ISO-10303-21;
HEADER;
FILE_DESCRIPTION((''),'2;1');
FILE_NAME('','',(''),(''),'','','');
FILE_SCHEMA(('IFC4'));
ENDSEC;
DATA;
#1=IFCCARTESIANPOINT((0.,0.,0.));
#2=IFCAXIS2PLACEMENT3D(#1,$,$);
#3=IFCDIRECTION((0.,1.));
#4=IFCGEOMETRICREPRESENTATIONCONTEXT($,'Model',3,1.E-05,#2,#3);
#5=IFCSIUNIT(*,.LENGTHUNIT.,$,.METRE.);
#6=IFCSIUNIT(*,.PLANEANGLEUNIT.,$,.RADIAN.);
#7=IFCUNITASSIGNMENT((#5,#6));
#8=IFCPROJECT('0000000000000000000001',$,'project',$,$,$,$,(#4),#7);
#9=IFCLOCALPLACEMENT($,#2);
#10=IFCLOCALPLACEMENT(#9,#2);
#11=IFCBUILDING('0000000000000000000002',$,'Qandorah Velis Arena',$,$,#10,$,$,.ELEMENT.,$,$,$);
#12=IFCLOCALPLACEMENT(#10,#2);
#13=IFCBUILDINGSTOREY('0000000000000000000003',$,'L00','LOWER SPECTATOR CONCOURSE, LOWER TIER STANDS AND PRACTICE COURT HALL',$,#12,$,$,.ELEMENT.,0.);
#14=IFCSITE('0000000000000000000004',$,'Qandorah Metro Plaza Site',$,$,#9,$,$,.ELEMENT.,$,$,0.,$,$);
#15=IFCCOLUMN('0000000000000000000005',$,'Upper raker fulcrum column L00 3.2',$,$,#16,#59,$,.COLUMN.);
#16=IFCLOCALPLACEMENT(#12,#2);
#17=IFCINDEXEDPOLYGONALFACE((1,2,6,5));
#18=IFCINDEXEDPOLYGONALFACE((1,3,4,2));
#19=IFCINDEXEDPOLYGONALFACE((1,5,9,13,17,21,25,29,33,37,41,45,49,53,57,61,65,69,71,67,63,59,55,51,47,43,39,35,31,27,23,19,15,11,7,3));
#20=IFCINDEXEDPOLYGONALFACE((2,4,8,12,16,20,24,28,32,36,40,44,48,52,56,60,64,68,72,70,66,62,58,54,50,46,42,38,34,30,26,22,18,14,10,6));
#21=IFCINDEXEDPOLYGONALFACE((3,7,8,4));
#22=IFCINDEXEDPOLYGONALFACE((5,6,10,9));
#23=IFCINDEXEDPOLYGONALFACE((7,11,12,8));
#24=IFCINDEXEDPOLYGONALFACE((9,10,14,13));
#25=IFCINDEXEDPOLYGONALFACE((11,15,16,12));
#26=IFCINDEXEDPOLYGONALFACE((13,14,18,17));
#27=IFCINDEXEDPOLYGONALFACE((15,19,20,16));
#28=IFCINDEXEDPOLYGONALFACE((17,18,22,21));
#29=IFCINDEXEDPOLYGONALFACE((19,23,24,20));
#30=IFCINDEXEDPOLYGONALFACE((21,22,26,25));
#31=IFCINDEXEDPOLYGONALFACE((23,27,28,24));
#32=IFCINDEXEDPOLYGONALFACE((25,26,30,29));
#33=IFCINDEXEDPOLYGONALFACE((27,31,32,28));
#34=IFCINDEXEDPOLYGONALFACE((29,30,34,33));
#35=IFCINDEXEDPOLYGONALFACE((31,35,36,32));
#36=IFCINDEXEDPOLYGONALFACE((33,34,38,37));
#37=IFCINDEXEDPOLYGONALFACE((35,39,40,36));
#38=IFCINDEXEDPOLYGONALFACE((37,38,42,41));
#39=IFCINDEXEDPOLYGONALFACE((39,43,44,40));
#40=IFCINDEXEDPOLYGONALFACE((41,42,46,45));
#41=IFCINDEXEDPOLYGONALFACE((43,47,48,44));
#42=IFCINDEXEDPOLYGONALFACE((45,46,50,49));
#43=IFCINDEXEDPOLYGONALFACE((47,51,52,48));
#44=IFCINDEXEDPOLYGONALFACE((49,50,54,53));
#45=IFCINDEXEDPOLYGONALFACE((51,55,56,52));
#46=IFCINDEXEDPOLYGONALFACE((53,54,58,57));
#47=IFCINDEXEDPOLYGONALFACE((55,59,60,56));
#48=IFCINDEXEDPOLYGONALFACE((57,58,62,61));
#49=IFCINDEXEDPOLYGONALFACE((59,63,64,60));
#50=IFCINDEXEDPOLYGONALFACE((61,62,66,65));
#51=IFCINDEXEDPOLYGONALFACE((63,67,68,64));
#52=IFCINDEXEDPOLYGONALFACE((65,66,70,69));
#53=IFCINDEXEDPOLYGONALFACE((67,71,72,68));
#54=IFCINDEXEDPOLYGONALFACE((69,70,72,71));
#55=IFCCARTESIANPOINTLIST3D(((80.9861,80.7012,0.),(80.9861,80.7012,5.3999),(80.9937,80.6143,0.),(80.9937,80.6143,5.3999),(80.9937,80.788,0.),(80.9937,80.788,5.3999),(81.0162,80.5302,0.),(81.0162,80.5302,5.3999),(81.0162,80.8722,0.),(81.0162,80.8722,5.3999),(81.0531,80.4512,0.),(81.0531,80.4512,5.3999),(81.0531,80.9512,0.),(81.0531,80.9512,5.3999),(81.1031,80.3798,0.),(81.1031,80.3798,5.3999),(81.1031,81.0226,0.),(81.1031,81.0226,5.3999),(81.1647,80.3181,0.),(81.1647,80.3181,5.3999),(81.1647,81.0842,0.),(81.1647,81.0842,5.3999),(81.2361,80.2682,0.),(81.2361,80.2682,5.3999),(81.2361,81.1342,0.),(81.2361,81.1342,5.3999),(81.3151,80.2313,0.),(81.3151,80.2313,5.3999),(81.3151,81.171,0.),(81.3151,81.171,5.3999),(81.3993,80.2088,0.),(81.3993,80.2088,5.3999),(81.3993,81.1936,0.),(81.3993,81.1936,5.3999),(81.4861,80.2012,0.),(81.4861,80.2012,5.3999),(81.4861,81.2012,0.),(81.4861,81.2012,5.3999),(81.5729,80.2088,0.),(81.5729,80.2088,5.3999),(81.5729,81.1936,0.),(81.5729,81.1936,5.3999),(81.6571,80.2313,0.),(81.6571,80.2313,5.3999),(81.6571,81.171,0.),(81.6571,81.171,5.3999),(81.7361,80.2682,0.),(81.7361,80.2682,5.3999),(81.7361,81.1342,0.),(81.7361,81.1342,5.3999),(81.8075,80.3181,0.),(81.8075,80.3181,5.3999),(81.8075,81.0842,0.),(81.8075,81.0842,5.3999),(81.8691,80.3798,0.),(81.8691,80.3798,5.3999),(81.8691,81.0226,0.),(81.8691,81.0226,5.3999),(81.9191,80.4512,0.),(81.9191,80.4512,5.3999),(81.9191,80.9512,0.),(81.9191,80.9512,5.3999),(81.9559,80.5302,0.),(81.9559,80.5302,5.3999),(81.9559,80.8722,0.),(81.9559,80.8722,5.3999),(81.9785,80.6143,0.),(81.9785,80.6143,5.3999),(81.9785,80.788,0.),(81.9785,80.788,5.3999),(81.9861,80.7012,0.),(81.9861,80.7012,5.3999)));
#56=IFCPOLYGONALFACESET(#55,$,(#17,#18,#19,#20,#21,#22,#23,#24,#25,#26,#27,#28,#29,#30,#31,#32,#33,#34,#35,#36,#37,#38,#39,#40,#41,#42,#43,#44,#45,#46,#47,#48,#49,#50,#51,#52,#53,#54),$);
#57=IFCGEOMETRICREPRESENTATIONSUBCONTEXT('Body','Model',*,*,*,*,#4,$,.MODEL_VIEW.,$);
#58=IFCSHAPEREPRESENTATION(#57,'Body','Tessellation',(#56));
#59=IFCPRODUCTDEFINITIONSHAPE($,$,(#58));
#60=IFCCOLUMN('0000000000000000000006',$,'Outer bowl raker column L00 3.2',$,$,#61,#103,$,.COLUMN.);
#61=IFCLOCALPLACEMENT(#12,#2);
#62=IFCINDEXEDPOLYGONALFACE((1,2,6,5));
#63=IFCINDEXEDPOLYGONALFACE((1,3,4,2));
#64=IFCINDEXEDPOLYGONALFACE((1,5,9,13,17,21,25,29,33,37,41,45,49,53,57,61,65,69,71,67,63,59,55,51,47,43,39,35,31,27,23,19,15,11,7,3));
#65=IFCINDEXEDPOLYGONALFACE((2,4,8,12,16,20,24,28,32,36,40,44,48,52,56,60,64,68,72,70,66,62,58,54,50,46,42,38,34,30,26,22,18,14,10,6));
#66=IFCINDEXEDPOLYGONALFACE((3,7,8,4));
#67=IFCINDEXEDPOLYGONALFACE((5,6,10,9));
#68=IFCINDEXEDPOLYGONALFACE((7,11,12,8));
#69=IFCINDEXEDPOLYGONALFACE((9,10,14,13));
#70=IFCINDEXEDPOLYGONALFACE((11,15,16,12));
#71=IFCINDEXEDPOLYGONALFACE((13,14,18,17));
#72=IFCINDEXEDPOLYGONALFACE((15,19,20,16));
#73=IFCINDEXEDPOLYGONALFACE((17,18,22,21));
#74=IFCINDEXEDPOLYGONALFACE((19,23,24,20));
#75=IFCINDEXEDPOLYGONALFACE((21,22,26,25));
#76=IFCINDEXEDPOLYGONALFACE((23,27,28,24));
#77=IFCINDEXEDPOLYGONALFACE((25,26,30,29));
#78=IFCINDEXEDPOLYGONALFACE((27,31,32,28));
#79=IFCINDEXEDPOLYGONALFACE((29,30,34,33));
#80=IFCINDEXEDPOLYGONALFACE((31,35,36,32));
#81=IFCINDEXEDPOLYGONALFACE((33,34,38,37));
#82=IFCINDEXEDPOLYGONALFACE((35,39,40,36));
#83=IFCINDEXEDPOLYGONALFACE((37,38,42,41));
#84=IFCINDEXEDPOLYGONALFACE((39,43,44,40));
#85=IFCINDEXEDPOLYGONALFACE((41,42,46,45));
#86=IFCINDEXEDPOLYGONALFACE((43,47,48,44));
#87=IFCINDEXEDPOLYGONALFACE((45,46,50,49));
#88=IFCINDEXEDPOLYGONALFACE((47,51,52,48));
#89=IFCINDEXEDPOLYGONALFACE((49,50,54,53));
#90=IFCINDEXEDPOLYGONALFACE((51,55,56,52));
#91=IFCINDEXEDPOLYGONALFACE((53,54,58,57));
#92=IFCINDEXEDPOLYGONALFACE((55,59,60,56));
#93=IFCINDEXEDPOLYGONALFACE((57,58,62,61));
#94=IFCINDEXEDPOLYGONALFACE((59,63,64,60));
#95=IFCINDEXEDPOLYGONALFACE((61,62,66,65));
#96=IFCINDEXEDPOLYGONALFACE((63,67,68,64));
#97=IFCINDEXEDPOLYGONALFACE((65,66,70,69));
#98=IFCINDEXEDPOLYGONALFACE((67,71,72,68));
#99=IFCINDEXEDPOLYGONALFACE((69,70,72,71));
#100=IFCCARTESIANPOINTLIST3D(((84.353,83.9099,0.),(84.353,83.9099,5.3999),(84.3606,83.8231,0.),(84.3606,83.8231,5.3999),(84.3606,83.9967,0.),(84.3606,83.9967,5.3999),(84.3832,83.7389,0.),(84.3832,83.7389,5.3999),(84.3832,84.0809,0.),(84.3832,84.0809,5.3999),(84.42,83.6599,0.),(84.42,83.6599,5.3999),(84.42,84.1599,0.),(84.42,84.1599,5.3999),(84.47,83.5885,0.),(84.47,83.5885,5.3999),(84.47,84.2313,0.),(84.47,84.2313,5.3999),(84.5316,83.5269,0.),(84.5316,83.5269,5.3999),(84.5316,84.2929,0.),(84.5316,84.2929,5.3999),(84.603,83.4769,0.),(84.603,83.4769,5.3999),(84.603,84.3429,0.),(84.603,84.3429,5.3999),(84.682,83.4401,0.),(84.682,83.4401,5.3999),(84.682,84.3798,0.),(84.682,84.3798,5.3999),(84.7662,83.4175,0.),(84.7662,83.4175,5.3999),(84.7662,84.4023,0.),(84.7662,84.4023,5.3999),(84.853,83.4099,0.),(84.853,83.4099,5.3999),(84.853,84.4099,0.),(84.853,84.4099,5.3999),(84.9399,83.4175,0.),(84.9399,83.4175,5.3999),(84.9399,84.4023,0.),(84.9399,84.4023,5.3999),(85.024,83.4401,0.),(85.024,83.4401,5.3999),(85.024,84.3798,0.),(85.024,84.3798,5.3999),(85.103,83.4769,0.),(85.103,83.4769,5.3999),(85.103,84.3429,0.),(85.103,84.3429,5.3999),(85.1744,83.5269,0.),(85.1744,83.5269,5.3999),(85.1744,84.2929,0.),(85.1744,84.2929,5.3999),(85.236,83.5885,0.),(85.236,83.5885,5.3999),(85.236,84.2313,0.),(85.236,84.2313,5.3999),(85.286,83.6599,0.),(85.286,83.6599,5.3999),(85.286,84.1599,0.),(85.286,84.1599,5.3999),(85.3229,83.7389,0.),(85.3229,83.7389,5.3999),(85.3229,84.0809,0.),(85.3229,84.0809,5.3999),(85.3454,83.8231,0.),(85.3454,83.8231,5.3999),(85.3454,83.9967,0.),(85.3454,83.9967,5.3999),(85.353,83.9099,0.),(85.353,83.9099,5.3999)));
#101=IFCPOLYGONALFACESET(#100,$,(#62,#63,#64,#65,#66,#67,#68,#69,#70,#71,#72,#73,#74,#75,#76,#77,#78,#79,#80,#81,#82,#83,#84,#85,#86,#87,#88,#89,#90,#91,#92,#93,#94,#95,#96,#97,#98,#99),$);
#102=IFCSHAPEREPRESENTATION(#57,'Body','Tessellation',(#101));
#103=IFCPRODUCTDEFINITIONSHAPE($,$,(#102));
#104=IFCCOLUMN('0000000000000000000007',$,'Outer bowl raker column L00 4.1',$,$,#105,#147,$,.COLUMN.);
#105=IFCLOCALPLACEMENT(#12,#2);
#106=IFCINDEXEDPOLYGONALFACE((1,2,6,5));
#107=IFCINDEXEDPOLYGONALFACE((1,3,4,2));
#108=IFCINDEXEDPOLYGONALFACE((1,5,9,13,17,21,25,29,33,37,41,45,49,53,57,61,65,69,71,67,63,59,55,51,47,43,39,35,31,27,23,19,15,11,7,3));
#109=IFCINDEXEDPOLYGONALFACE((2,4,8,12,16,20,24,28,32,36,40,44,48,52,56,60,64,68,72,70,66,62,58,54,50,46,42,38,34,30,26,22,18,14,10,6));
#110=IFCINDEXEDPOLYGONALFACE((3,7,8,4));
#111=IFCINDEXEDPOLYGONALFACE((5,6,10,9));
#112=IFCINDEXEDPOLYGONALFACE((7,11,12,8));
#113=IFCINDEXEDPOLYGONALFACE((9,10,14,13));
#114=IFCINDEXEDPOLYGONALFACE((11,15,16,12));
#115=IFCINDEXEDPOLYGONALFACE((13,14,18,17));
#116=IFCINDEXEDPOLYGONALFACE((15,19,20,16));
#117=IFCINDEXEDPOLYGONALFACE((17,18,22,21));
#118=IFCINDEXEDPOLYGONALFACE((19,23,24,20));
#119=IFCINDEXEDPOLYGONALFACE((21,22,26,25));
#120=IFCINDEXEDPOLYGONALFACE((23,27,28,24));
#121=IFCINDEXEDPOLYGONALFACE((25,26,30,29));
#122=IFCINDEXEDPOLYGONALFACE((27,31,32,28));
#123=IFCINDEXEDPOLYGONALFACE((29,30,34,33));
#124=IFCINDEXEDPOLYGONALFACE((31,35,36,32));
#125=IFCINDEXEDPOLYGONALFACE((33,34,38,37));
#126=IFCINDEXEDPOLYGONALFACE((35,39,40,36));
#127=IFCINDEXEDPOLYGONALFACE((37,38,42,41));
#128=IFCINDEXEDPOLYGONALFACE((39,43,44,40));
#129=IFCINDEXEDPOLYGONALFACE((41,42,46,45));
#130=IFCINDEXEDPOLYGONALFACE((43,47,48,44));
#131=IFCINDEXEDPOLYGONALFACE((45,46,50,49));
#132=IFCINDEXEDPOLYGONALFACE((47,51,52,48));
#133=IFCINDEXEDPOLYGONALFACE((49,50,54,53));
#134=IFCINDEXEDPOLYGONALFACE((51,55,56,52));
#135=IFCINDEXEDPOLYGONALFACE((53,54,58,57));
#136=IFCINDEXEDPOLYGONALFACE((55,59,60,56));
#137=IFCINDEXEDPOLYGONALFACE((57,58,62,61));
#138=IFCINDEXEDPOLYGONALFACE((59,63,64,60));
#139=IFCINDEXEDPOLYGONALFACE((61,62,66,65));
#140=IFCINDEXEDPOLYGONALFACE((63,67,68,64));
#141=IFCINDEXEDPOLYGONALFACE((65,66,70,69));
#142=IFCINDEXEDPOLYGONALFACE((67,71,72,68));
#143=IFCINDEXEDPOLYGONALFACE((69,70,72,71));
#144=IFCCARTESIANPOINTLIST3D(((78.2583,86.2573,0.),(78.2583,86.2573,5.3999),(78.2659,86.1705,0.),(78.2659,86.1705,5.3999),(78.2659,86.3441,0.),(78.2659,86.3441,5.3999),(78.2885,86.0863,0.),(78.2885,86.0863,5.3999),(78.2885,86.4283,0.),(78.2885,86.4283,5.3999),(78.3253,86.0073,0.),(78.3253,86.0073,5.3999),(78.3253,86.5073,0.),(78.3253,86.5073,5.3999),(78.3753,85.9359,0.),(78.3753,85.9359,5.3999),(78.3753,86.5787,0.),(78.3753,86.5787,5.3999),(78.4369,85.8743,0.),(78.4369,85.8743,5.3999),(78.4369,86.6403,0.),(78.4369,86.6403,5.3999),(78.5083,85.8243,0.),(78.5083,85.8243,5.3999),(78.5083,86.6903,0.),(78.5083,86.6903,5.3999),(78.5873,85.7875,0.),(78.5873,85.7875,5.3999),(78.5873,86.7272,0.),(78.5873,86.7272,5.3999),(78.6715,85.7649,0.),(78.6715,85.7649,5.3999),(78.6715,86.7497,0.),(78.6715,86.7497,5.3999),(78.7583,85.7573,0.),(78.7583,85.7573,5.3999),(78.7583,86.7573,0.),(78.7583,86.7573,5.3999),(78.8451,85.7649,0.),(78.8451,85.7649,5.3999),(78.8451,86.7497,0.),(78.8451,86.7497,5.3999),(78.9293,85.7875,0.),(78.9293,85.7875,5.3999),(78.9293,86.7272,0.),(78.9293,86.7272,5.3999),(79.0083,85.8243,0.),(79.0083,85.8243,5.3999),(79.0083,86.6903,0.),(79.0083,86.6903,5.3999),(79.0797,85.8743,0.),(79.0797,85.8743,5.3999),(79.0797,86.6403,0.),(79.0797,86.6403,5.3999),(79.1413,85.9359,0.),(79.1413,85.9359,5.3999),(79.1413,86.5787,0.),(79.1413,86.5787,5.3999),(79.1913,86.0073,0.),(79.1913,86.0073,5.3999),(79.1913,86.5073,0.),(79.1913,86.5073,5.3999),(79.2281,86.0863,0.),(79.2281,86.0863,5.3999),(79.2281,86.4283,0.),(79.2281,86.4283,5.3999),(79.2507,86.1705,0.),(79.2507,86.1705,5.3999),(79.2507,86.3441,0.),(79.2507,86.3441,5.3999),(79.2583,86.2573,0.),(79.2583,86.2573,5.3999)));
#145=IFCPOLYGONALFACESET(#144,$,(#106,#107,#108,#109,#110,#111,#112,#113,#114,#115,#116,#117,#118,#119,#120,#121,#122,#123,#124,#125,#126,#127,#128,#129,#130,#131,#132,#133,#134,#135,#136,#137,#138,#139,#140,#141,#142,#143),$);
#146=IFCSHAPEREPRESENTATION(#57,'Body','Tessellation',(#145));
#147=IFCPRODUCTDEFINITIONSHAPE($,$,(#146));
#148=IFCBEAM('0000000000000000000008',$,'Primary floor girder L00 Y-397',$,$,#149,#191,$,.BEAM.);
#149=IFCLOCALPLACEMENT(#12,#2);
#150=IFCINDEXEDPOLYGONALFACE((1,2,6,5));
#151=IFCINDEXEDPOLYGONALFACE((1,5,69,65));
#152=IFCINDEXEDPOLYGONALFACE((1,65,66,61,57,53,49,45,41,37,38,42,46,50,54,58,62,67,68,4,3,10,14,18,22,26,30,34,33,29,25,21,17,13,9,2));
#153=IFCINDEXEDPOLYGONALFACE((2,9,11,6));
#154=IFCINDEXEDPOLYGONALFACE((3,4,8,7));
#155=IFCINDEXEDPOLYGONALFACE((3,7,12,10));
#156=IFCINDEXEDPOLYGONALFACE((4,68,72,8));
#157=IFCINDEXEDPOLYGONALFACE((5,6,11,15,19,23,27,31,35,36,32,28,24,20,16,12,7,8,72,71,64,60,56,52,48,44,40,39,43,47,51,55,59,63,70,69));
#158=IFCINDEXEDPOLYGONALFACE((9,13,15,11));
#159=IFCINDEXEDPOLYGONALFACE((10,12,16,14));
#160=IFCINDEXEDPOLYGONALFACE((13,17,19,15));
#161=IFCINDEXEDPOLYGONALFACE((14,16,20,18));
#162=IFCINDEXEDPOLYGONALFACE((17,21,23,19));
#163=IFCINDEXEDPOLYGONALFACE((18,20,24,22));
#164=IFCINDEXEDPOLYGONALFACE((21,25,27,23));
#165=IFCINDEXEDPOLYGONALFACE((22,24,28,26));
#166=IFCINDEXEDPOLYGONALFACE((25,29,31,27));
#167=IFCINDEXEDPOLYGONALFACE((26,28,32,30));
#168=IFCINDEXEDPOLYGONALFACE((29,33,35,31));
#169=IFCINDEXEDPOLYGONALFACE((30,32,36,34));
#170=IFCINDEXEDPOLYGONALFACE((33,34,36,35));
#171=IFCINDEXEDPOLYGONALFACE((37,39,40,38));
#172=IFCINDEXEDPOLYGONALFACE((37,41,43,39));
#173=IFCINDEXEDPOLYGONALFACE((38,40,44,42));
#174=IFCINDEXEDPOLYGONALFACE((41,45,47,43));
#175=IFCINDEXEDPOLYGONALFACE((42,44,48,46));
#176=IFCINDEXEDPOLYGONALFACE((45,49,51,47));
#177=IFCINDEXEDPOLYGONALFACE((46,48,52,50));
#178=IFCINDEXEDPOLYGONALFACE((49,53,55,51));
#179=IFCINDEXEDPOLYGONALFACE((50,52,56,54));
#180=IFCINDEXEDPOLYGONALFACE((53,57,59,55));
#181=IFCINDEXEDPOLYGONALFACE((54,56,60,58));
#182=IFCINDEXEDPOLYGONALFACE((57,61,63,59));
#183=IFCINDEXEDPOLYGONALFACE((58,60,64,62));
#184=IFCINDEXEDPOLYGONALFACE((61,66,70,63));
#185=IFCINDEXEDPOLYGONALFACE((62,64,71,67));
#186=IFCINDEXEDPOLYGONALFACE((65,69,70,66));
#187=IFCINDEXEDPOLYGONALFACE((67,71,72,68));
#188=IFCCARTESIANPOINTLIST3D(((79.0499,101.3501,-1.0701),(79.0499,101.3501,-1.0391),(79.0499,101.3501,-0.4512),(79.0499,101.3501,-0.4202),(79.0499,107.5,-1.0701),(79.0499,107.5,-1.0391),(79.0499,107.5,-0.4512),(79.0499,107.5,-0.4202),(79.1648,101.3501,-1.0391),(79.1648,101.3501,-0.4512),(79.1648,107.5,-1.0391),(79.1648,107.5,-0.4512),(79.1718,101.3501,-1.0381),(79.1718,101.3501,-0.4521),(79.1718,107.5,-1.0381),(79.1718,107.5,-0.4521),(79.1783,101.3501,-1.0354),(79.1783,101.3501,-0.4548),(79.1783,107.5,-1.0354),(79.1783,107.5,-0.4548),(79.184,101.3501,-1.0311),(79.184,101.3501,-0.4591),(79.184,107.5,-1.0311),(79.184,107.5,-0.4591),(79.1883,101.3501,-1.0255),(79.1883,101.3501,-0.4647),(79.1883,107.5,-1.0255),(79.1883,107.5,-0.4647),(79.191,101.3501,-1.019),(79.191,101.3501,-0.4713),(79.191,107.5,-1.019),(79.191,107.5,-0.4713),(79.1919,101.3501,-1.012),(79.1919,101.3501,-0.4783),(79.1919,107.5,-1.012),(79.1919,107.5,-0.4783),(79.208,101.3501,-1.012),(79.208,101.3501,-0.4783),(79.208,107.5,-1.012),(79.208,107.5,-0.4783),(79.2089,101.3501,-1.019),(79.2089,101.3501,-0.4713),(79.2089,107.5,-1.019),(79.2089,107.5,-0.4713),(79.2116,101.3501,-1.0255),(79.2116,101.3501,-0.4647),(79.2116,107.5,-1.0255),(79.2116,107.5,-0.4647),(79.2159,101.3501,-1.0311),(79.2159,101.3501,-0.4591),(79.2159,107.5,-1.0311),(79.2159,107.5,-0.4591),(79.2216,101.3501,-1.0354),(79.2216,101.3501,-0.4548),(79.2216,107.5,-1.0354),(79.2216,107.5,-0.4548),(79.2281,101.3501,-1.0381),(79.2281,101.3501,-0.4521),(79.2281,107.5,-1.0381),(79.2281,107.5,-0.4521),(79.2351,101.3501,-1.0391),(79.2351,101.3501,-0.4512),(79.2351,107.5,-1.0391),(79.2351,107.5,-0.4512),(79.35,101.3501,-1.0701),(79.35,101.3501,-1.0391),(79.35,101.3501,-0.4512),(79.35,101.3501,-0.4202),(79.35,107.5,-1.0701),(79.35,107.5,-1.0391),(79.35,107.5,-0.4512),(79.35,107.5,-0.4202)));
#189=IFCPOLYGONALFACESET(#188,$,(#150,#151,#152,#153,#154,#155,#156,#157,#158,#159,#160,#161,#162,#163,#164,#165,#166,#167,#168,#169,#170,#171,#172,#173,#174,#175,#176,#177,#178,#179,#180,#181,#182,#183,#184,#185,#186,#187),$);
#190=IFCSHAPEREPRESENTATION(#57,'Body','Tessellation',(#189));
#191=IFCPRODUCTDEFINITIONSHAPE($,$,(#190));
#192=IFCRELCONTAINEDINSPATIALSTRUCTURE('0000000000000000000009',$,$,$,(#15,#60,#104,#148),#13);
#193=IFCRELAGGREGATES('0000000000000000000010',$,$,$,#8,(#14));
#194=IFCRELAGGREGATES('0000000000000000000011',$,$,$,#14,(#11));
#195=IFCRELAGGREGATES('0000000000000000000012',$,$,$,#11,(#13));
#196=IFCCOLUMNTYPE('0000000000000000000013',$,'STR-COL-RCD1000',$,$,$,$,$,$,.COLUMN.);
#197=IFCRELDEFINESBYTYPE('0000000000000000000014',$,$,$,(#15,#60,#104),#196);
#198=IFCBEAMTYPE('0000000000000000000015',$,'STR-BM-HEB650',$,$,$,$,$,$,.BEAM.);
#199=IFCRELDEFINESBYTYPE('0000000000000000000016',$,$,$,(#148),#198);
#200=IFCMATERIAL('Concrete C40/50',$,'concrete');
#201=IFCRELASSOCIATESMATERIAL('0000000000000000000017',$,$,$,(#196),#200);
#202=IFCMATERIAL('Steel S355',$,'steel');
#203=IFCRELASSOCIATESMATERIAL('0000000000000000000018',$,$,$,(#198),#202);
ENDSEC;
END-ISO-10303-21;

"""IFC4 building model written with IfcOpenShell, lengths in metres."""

from ifc_helpers import new_model, si_unit, direction, frame, origin, origin_2d, place, context, subcontext, project, spatial, circle, i_section, extrude, material, material_profile, profile_set, type_object, element, save


model = new_model("IFC4")

# Units and contexts
model_context = context("Model", 3, precision=1e-05, world=origin(), true_north=direction((0.0, 1.0)))
body_context = subcontext(model_context, "Body", "Model", "MODEL_VIEW")
ifc_project = project(units=[si_unit("LENGTHUNIT", "METRE"), si_unit("PLANEANGLEUNIT", "RADIAN")], contexts=[model_context])

# Site, building, storey
site_placement = place(None, origin())
site = spatial("IfcSite", under=ifc_project, at=site_placement, Name="Qandorah Metro Plaza Site", CompositionType="ELEMENT", RefElevation=0.0)
building_placement = place(site_placement, origin())
building = spatial("IfcBuilding", under=site, at=building_placement, Name="Qandorah Velis Arena", CompositionType="ELEMENT")
storey_placement = place(building_placement, origin())
storey = spatial("IfcBuildingStorey", under=building, at=storey_placement, Name="L00", Description="LOWER SPECTATOR CONCOURSE, LOWER TIER STANDS AND PRACTICE COURT HALL", CompositionType="ELEMENT", Elevation=0.0)

# Columns
ifc_material_1 = material(Name="Concrete C40/50", Category="concrete")
ifc_material_profile_1 = material_profile(ifc_material_1, circle(Radius=0.5, at=origin_2d()), Name="RC D1000")
ifc_profile_set_1 = profile_set([ifc_material_profile_1], Name="Concrete C40/50")
column_type_1 = type_object("IfcColumnType", Name="STR-COL-RCD1000", PredefinedType="COLUMN", material=ifc_profile_set_1)
for number, where, z_axis, x_axis, name in (
    (1, (81.4861, 80.7012, 0.0), (0.0, 0.0, 1.0), (1.0, 0.0, 0.0), "Upper raker fulcrum column L00 3.2"),
    (2, (84.853, 83.9099, 0.0), (0.0, 0.0, 1.0), (1.0, 0.0, 0.0), "Outer bowl raker column L00 3.2"),
    (3, (78.7583, 86.2573, 0.0), (0.0, 0.0, 1.0), (1.0, 0.0, 0.0), "Outer bowl raker column L00 4.1"),
):
    element("IfcColumn", number, at=place(storey_placement, frame(where, z_axis=z_axis, x_axis=x_axis)), inside=storey, type_object=column_type_1, Name=name, PredefinedType="COLUMN", context=body_context, shape_type="SweptSolid", body=[
        extrude(circle(Radius=0.5, at=origin_2d()), origin(), (0.0, 0.0, 1.0), 5.3999),
    ])

# Beam
ifc_material_2 = material(Name="Steel S355", Category="steel")
ifc_material_profile_2 = material_profile(ifc_material_2, i_section(OverallWidth=0.3, OverallDepth=0.6499, WebThickness=0.0161, FlangeThickness=0.031, FilletRadius=0.0271, at=origin_2d()), Name="HEB 650")
ifc_profile_set_2 = profile_set([ifc_material_profile_2], Name="Steel S355")
beam_type_1 = type_object("IfcBeamType", Name="STR-BM-HEB650", PredefinedType="BEAM", material=ifc_profile_set_2)
for number, where, z_axis, x_axis, name in (
    (4, (79.2, 101.3501, -0.7451), (0.0, 1.0, 0.0), (-1.0, 0.0, 0.0), "Primary floor girder L00 Y-397"),
):
    element("IfcBeam", number, at=place(storey_placement, frame(where, z_axis=z_axis, x_axis=x_axis)), inside=storey, type_object=beam_type_1, Name=name, PredefinedType="BEAM", context=body_context, shape_type="SweptSolid", body=[
        extrude(i_section(OverallWidth=0.3, OverallDepth=0.6499, WebThickness=0.0161, FlangeThickness=0.031, FilletRadius=0.0271, at=origin_2d()), origin(), (0.0, 0.0, 1.0), 6.1499),
    ])

save(model, "model.ifc")
